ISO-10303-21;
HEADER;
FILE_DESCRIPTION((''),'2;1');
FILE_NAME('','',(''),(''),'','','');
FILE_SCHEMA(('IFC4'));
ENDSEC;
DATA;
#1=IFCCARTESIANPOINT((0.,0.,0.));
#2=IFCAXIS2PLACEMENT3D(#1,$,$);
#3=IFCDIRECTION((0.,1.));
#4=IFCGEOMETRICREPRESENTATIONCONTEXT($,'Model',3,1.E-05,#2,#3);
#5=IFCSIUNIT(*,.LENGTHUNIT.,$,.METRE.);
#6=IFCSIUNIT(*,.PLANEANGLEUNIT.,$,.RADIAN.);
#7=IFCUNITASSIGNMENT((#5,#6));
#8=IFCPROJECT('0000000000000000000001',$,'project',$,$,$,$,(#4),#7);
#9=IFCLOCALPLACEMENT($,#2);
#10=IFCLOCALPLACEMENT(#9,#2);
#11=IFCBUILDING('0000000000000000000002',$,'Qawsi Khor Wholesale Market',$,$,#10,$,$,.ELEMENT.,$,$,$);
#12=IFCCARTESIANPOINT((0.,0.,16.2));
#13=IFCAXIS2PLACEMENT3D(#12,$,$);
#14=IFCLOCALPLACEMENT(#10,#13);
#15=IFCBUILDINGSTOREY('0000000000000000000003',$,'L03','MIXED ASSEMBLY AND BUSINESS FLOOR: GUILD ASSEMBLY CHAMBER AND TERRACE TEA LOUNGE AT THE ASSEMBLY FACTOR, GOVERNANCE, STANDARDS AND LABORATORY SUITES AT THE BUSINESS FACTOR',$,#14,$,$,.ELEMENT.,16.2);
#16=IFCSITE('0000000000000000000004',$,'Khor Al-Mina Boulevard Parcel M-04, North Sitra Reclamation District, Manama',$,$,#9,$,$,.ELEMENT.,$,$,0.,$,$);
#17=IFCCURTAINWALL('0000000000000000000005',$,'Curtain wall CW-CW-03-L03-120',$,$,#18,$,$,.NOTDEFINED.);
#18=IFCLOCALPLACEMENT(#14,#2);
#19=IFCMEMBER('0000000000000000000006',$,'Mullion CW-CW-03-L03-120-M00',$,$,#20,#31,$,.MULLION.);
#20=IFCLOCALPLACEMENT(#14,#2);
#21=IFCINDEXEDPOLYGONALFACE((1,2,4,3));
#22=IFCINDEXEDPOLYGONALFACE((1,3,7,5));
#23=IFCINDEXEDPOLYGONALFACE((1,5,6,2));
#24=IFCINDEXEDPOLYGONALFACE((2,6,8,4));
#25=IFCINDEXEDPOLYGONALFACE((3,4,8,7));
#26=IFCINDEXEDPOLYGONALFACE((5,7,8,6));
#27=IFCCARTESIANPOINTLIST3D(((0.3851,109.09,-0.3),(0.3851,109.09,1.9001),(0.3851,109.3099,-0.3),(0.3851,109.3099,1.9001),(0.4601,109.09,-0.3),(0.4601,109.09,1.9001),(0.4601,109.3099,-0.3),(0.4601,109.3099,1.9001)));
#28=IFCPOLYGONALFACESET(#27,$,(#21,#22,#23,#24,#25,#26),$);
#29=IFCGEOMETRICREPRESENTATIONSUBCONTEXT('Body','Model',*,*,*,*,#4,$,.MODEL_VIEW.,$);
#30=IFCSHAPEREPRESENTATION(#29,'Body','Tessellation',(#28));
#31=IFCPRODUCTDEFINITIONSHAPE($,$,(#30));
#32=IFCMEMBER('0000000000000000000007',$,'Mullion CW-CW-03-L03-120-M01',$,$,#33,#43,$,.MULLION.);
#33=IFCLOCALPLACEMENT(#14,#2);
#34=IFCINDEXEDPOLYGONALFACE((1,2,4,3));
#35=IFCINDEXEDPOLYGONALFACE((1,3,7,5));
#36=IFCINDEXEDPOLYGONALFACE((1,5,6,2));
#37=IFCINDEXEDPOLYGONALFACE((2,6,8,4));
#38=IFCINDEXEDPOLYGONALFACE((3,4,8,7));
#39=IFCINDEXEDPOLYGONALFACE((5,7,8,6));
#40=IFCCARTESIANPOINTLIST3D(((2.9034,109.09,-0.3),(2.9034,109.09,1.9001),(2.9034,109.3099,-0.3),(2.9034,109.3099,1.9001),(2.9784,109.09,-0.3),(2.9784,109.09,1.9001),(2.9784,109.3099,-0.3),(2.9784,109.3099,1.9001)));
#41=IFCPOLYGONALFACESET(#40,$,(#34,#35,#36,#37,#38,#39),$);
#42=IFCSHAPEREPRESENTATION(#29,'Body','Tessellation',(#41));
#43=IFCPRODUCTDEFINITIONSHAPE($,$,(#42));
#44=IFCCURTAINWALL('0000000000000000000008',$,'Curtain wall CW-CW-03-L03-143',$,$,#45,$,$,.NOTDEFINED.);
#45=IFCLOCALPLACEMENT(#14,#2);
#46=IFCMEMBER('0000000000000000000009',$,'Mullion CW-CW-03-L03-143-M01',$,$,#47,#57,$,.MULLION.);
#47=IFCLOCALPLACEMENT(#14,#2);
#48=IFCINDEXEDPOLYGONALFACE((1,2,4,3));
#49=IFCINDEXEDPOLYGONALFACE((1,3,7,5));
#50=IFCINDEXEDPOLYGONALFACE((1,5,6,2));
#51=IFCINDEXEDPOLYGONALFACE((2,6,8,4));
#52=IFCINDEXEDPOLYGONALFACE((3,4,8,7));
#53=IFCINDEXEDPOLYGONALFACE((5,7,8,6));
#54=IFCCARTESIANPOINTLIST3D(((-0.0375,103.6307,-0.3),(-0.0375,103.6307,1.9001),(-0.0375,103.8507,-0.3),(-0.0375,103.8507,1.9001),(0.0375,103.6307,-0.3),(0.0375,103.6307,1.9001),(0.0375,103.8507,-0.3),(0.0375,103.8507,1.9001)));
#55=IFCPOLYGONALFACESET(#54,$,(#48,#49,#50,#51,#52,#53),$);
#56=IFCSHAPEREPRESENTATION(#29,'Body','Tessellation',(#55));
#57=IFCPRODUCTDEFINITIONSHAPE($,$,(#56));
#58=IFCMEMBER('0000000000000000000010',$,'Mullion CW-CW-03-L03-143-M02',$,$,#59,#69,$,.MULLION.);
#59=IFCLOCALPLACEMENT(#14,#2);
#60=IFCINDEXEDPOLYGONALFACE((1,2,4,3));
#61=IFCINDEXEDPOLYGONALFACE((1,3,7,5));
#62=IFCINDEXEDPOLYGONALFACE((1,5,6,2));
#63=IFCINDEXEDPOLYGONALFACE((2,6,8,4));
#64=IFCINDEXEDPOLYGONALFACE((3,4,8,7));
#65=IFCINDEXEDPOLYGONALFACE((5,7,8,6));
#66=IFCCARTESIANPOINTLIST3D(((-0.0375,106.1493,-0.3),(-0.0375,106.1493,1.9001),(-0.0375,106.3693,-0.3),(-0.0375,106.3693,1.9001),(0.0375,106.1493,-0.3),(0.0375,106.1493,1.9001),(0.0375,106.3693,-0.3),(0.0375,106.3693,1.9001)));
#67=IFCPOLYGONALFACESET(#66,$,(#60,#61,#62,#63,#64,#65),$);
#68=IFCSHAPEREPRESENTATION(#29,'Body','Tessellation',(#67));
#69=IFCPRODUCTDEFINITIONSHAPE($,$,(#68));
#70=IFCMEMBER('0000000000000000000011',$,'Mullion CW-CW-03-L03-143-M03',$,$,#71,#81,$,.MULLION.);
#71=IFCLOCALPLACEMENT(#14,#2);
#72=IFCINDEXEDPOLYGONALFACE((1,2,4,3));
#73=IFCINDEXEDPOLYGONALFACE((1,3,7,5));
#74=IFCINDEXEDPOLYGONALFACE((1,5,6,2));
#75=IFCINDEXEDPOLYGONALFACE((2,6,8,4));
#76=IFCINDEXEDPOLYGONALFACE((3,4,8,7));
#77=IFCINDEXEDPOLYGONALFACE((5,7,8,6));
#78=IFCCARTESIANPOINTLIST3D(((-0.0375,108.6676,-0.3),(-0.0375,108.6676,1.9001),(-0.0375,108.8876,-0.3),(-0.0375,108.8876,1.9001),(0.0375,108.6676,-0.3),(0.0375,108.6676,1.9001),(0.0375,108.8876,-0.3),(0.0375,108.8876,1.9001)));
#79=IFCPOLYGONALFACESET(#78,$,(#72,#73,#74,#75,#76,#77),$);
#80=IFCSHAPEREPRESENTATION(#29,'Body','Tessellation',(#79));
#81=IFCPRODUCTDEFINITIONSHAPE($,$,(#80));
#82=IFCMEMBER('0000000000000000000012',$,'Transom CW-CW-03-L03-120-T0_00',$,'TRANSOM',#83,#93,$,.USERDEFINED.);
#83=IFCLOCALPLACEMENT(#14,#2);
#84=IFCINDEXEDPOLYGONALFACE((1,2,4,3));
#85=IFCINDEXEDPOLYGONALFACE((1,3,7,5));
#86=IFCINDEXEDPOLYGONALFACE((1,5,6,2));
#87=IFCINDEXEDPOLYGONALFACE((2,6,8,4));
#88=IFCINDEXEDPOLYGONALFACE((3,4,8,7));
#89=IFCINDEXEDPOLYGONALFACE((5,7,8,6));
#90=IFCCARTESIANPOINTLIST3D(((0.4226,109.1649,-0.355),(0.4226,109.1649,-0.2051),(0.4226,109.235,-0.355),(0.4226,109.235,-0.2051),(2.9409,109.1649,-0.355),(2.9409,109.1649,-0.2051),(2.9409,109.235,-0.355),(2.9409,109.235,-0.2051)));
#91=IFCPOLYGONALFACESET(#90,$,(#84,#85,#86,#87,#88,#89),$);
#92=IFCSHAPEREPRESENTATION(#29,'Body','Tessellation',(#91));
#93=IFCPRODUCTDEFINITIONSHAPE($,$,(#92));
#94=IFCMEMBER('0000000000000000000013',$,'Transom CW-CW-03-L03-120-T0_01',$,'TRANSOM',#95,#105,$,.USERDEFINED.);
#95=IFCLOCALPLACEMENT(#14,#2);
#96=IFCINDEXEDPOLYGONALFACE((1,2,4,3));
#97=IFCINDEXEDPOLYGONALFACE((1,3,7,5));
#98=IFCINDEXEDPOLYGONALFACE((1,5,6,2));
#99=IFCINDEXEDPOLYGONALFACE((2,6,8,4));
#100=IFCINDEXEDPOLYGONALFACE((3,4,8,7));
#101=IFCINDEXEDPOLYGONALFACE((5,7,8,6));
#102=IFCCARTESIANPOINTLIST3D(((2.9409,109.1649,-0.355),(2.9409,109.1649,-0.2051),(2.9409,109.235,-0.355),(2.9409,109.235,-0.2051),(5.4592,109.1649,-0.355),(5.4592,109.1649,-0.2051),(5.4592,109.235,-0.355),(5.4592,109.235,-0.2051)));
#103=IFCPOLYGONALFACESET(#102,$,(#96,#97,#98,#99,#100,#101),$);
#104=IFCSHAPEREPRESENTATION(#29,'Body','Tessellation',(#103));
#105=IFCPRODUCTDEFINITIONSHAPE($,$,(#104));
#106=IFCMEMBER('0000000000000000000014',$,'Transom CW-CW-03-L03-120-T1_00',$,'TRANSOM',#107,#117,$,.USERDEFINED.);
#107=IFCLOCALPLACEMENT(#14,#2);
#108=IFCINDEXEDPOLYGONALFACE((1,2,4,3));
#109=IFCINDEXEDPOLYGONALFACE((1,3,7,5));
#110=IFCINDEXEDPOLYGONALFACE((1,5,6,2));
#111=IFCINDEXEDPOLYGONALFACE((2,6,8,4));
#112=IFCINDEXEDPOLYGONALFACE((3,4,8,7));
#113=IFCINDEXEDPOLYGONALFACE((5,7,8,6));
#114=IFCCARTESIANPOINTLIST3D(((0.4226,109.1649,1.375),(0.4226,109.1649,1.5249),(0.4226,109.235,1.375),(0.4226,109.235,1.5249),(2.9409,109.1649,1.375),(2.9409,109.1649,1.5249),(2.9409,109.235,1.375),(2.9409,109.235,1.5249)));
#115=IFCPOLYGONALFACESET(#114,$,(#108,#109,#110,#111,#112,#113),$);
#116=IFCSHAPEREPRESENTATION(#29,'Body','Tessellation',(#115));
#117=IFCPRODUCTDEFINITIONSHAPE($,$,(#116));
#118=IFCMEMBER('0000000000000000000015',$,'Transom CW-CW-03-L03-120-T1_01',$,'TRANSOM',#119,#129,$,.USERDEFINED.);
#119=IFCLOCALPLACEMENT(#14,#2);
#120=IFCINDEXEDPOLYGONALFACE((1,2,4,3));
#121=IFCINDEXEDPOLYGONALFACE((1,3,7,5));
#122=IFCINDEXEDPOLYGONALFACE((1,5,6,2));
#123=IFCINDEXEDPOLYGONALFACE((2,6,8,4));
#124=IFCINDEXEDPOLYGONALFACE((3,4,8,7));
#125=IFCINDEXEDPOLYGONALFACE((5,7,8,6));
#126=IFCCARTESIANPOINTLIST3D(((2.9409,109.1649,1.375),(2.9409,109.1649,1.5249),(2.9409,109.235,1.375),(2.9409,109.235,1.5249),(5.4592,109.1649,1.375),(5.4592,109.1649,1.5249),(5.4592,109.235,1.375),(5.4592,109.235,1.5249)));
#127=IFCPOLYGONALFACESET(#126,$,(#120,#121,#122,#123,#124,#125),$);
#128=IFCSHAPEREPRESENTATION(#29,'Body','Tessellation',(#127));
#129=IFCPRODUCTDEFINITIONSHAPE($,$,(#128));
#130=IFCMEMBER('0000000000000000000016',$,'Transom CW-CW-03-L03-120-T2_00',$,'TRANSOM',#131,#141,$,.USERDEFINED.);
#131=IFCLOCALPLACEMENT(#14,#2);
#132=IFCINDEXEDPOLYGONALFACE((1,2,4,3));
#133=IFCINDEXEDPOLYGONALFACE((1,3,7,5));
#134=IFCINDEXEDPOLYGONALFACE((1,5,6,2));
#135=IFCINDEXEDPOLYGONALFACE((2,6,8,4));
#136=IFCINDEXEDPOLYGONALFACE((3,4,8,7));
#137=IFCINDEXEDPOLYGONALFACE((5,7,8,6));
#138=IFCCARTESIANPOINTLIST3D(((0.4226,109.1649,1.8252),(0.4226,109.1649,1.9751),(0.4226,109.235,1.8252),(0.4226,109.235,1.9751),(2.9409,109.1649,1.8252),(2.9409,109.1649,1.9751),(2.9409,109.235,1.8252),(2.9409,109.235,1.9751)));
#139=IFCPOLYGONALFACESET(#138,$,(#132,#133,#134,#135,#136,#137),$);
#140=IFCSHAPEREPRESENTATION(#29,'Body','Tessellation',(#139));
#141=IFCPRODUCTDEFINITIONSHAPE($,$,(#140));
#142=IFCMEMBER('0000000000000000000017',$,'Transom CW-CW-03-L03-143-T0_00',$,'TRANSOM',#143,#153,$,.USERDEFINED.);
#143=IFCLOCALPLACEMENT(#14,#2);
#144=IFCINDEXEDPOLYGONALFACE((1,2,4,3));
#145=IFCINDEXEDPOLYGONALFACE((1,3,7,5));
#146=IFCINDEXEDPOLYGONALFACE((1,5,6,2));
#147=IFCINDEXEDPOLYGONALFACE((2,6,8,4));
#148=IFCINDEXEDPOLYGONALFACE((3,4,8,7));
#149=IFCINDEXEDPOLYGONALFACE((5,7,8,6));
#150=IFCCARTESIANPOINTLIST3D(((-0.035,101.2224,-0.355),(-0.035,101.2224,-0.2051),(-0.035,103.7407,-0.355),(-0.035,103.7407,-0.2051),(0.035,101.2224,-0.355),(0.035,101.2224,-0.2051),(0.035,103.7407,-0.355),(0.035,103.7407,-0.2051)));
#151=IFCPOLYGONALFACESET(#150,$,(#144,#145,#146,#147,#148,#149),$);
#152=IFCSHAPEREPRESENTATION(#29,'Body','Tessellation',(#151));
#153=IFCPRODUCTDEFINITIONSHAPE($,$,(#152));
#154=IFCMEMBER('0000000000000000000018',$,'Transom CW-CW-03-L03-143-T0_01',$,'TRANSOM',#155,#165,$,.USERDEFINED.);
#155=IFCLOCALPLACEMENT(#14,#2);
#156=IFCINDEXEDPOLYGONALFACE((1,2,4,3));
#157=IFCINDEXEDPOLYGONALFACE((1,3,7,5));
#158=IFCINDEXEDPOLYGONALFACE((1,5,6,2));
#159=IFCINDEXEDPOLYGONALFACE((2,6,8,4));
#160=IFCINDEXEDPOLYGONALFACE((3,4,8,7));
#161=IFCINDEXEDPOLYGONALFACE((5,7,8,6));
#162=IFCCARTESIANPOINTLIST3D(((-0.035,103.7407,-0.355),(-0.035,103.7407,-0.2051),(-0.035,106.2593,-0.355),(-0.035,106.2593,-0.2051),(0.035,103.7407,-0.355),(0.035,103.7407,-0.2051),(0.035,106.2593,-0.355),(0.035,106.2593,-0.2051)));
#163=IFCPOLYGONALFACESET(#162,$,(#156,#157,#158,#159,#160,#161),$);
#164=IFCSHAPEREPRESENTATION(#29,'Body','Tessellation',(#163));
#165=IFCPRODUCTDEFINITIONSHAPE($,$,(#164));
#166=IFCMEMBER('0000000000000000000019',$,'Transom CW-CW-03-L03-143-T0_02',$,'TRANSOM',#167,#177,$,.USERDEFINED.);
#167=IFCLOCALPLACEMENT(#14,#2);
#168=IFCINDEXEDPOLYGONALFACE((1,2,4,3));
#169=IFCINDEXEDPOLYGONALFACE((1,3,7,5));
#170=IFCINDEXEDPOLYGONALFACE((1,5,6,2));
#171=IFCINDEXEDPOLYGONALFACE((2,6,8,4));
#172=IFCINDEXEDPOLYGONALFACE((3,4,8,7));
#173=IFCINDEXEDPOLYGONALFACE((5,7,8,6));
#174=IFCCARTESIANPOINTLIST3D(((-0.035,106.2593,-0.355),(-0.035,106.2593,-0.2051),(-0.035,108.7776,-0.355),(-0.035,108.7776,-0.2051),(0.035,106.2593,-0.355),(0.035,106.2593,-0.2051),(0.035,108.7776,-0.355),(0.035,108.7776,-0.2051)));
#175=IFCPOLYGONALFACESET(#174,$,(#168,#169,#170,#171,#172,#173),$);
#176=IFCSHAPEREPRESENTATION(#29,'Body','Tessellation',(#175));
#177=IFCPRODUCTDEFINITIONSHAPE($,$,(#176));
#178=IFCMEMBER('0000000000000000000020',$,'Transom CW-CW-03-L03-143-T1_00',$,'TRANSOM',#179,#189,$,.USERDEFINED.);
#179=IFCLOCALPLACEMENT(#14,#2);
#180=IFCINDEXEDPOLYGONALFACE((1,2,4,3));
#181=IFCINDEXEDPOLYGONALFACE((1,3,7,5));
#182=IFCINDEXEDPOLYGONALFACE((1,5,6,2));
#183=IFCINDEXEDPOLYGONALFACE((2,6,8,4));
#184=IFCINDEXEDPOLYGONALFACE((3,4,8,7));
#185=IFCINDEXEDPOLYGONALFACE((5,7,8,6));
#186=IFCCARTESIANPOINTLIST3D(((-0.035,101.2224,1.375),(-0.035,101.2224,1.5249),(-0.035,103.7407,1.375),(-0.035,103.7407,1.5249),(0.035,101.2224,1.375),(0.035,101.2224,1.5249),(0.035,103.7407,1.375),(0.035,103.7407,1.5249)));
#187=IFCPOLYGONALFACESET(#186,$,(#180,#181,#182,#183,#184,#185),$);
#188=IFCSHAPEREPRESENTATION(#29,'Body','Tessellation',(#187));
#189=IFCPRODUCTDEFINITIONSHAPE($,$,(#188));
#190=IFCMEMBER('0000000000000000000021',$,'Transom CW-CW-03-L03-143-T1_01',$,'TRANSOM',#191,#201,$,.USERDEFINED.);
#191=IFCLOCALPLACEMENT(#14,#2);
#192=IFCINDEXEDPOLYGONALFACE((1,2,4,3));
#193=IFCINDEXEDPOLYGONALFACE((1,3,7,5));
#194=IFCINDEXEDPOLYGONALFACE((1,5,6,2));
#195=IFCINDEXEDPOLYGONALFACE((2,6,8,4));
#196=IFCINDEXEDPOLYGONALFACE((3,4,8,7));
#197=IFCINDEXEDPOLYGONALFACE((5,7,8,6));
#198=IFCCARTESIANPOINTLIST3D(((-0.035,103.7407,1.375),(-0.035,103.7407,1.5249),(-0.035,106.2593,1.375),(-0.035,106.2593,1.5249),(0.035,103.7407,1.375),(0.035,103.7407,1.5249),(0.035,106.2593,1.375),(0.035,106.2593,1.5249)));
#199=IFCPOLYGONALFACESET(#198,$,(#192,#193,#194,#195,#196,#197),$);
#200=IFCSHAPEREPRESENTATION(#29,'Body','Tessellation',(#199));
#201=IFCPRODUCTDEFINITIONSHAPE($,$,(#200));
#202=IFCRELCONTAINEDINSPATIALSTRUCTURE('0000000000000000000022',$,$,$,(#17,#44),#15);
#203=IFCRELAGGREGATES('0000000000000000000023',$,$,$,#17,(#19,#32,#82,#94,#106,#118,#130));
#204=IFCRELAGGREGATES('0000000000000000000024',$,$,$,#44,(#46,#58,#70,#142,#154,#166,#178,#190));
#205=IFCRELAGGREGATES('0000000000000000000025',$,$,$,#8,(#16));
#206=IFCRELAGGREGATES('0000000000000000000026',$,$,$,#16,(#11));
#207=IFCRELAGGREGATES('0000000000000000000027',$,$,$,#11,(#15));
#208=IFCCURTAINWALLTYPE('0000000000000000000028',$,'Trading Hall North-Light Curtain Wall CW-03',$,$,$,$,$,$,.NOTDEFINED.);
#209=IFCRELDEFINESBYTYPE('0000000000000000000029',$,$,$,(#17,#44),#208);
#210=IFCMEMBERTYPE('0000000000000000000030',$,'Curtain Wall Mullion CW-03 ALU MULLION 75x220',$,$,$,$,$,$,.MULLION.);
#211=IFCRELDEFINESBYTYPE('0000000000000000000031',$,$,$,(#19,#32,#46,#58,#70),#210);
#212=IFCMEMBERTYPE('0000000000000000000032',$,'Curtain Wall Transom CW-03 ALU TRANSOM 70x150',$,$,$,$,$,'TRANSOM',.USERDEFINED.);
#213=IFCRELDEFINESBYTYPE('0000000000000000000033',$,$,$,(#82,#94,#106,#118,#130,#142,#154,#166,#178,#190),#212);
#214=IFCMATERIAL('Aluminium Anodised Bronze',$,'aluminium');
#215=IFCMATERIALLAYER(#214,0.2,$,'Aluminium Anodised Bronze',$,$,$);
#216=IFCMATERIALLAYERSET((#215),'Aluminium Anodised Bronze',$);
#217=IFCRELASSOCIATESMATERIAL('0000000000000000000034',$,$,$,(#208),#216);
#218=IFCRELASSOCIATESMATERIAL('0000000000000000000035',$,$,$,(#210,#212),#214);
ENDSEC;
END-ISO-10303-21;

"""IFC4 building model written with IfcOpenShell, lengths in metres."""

from ifc_helpers import new_model, si_unit, direction, frame, origin, origin_2d, place, context, subcontext, project, spatial, rectangle, extrude, material, layer, layer_set, material_profile, profile_set, type_object, element, aggregate, save


model = new_model("IFC4")

# Units and contexts
model_context = context("Model", 3, precision=1e-05, world=origin(), true_north=direction((0.0, 1.0)))
body_context = subcontext(model_context, "Body", "Model", "MODEL_VIEW")
ifc_project = project(units=[si_unit("LENGTHUNIT", "METRE"), si_unit("PLANEANGLEUNIT", "RADIAN")], contexts=[model_context])

# Site, building, storey
site_placement = place(None, origin())
site = spatial("IfcSite", under=ifc_project, at=site_placement, Name="Khor Al-Mina Boulevard Parcel M-04, North Sitra Reclamation District, Manama", CompositionType="ELEMENT", RefElevation=0.0)
building_placement = place(site_placement, origin())
building = spatial("IfcBuilding", under=site, at=building_placement, Name="Qawsi Khor Wholesale Market", CompositionType="ELEMENT")
storey_placement = place(building_placement, frame((0.0, 0.0, 16.2)))
storey = spatial("IfcBuildingStorey", under=building, at=storey_placement, Name="L03", Description="MIXED ASSEMBLY AND BUSINESS FLOOR: GUILD ASSEMBLY CHAMBER AND TERRACE TEA LOUNGE AT THE ASSEMBLY FACTOR, GOVERNANCE, STANDARDS AND LABORATORY SUITES AT THE BUSINESS FACTOR", CompositionType="ELEMENT", Elevation=16.2)

# Curtain walls, members
ifc_material_1 = material(Name="Aluminium Anodised Bronze", Category="aluminium")
ifc_layer_1 = layer(ifc_material_1, 0.2, Name="Aluminium Anodised Bronze")
ifc_layer_set_1 = layer_set([ifc_layer_1], Name="Aluminium Anodised Bronze")
curtain_wall_type = type_object("IfcCurtainWallType", Name="Trading Hall North-Light Curtain Wall CW-03", PredefinedType="NOTDEFINED", material=ifc_layer_set_1)
curtain_wall_1_placement = place(storey_placement, origin())
curtain_wall_1 = element("IfcCurtainWall", 1, at=curtain_wall_1_placement, inside=storey, type_object=curtain_wall_type, Name="Curtain wall CW-CW-03-L03-120", PredefinedType="NOTDEFINED")
ifc_material_profile_1 = material_profile(ifc_material_1, rectangle(XDim=0.075, YDim=0.22, at=origin_2d()), Name="ALU MULLION 75x220")
ifc_profile_set_1 = profile_set([ifc_material_profile_1], Name="Aluminium Anodised Bronze")
member_type_1 = type_object("IfcMemberType", Name="Curtain Wall Mullion CW-03 ALU MULLION 75x220", PredefinedType="MULLION", material=ifc_profile_set_1)
member_1_placement = place(storey_placement, frame((0.4226, 109.2, -0.3), z_axis=(0.0, 0.0, 1.0), x_axis=(1.0, 0.0, 0.0)))
member_1 = element("IfcMember", 2, at=member_1_placement, type_object=member_type_1, Name="Mullion CW-CW-03-L03-120-M00", PredefinedType="MULLION", context=body_context, shape_type="SweptSolid", body=[
    extrude(rectangle(XDim=0.075, YDim=0.22, at=origin_2d()), origin(), (0.0, 0.0, 1.0), 2.2002),
])
member_2_placement = place(storey_placement, frame((2.9409, 109.2, -0.3), z_axis=(0.0, 0.0, 1.0), x_axis=(1.0, 0.0, 0.0)))
member_2 = element("IfcMember", 3, at=member_2_placement, type_object=member_type_1, Name="Mullion CW-CW-03-L03-120-M01", PredefinedType="MULLION", context=body_context, shape_type="SweptSolid", body=[
    extrude(rectangle(XDim=0.075, YDim=0.22, at=origin_2d()), origin(), (0.0, 0.0, 1.0), 2.2002),
])
curtain_wall_2_placement = place(storey_placement, origin())
curtain_wall_2 = element("IfcCurtainWall", 4, at=curtain_wall_2_placement, inside=storey, type_object=curtain_wall_type, Name="Curtain wall CW-CW-03-L03-143", PredefinedType="NOTDEFINED")
member_3_placement = place(storey_placement, frame((0.0, 103.7407, -0.3), z_axis=(0.0, 0.0, 1.0), x_axis=(1.0, 0.0, 0.0)))
member_3 = element("IfcMember", 5, at=member_3_placement, type_object=member_type_1, Name="Mullion CW-CW-03-L03-143-M01", PredefinedType="MULLION", context=body_context, shape_type="SweptSolid", body=[
    extrude(rectangle(XDim=0.075, YDim=0.22, at=origin_2d()), origin(), (0.0, 0.0, 1.0), 2.2002),
])
member_4_placement = place(storey_placement, frame((0.0, 106.2593, -0.3), z_axis=(0.0, 0.0, 1.0), x_axis=(1.0, 0.0, 0.0)))
member_4 = element("IfcMember", 6, at=member_4_placement, type_object=member_type_1, Name="Mullion CW-CW-03-L03-143-M02", PredefinedType="MULLION", context=body_context, shape_type="SweptSolid", body=[
    extrude(rectangle(XDim=0.075, YDim=0.22, at=origin_2d()), origin(), (0.0, 0.0, 1.0), 2.2002),
])
member_5_placement = place(storey_placement, frame((0.0, 108.7776, -0.3), z_axis=(0.0, 0.0, 1.0), x_axis=(1.0, 0.0, 0.0)))
member_5 = element("IfcMember", 7, at=member_5_placement, type_object=member_type_1, Name="Mullion CW-CW-03-L03-143-M03", PredefinedType="MULLION", context=body_context, shape_type="SweptSolid", body=[
    extrude(rectangle(XDim=0.075, YDim=0.22, at=origin_2d()), origin(), (0.0, 0.0, 1.0), 2.2002),
])

# Members
ifc_material_profile_2 = material_profile(ifc_material_1, rectangle(XDim=0.0701, YDim=0.1499, at=origin_2d()), Name="ALU TRANSOM 70x150")
ifc_profile_set_2 = profile_set([ifc_material_profile_2], Name="Aluminium Anodised Bronze")
member_type_2 = type_object("IfcMemberType", Name="Curtain Wall Transom CW-03 ALU TRANSOM 70x150", ElementType="TRANSOM", PredefinedType="USERDEFINED", material=ifc_profile_set_2)
member_6_placement = place(storey_placement, frame((0.4226, 109.2, -0.28), z_axis=(1.0, 0.0, 0.0), x_axis=(0.0, 1.0, 0.0)))
member_6 = element("IfcMember", 8, at=member_6_placement, type_object=member_type_2, Name="Transom CW-CW-03-L03-120-T0_00", ObjectType="TRANSOM", PredefinedType="USERDEFINED", context=body_context, shape_type="SweptSolid", body=[
    extrude(rectangle(XDim=0.0701, YDim=0.1499, at=origin_2d()), origin(), (0.0, 0.0, 1.0), 2.5183),
])
member_7_placement = place(storey_placement, frame((2.9409, 109.2, -0.28), z_axis=(1.0, 0.0, 0.0), x_axis=(0.0, 1.0, 0.0)))
member_7 = element("IfcMember", 9, at=member_7_placement, type_object=member_type_2, Name="Transom CW-CW-03-L03-120-T0_01", ObjectType="TRANSOM", PredefinedType="USERDEFINED", context=body_context, shape_type="SweptSolid", body=[
    extrude(rectangle(XDim=0.0701, YDim=0.1499, at=origin_2d()), origin(), (0.0, 0.0, 1.0), 2.5183),
])
member_8_placement = place(storey_placement, frame((0.4226, 109.2, 1.45), z_axis=(1.0, 0.0, 0.0), x_axis=(0.0, 1.0, 0.0)))
member_8 = element("IfcMember", 10, at=member_8_placement, type_object=member_type_2, Name="Transom CW-CW-03-L03-120-T1_00", ObjectType="TRANSOM", PredefinedType="USERDEFINED", context=body_context, shape_type="SweptSolid", body=[
    extrude(rectangle(XDim=0.0701, YDim=0.1499, at=origin_2d()), origin(), (0.0, 0.0, 1.0), 2.5183),
])
member_9_placement = place(storey_placement, frame((2.9409, 109.2, 1.45), z_axis=(1.0, 0.0, 0.0), x_axis=(0.0, 1.0, 0.0)))
member_9 = element("IfcMember", 11, at=member_9_placement, type_object=member_type_2, Name="Transom CW-CW-03-L03-120-T1_01", ObjectType="TRANSOM", PredefinedType="USERDEFINED", context=body_context, shape_type="SweptSolid", body=[
    extrude(rectangle(XDim=0.0701, YDim=0.1499, at=origin_2d()), origin(), (0.0, 0.0, 1.0), 2.5183),
])
member_10_placement = place(storey_placement, frame((0.4226, 109.2, 1.9001), z_axis=(1.0, 0.0, 0.0), x_axis=(0.0, 1.0, 0.0)))
member_10 = element("IfcMember", 12, at=member_10_placement, type_object=member_type_2, Name="Transom CW-CW-03-L03-120-T2_00", ObjectType="TRANSOM", PredefinedType="USERDEFINED", context=body_context, shape_type="SweptSolid", body=[
    extrude(rectangle(XDim=0.0701, YDim=0.1499, at=origin_2d()), origin(), (0.0, 0.0, 1.0), 2.5183),
])
member_11_placement = place(storey_placement, frame((0.0, 101.2224, -0.28), z_axis=(0.0, 1.0, 0.0), x_axis=(-1.0, 0.0, 0.0)))
member_11 = element("IfcMember", 13, at=member_11_placement, type_object=member_type_2, Name="Transom CW-CW-03-L03-143-T0_00", ObjectType="TRANSOM", PredefinedType="USERDEFINED", context=body_context, shape_type="SweptSolid", body=[
    extrude(rectangle(XDim=0.0701, YDim=0.1499, at=origin_2d()), origin(), (0.0, 0.0, 1.0), 2.5183),
])
member_12_placement = place(storey_placement, frame((0.0, 103.7407, -0.28), z_axis=(0.0, 1.0, 0.0), x_axis=(-1.0, 0.0, 0.0)))
member_12 = element("IfcMember", 14, at=member_12_placement, type_object=member_type_2, Name="Transom CW-CW-03-L03-143-T0_01", ObjectType="TRANSOM", PredefinedType="USERDEFINED", context=body_context, shape_type="SweptSolid", body=[
    extrude(rectangle(XDim=0.0701, YDim=0.1499, at=origin_2d()), origin(), (0.0, 0.0, 1.0), 2.5186),
])
member_13_placement = place(storey_placement, frame((0.0, 106.2593, -0.28), z_axis=(0.0, 1.0, 0.0), x_axis=(-1.0, 0.0, 0.0)))
member_13 = element("IfcMember", 15, at=member_13_placement, type_object=member_type_2, Name="Transom CW-CW-03-L03-143-T0_02", ObjectType="TRANSOM", PredefinedType="USERDEFINED", context=body_context, shape_type="SweptSolid", body=[
    extrude(rectangle(XDim=0.0701, YDim=0.1499, at=origin_2d()), origin(), (0.0, 0.0, 1.0), 2.5183),
])
member_14_placement = place(storey_placement, frame((0.0, 101.2224, 1.45), z_axis=(0.0, 1.0, 0.0), x_axis=(-1.0, 0.0, 0.0)))
member_14 = element("IfcMember", 16, at=member_14_placement, type_object=member_type_2, Name="Transom CW-CW-03-L03-143-T1_00", ObjectType="TRANSOM", PredefinedType="USERDEFINED", context=body_context, shape_type="SweptSolid", body=[
    extrude(rectangle(XDim=0.0701, YDim=0.1499, at=origin_2d()), origin(), (0.0, 0.0, 1.0), 2.5183),
])
member_15_placement = place(storey_placement, frame((0.0, 103.7407, 1.45), z_axis=(0.0, 1.0, 0.0), x_axis=(-1.0, 0.0, 0.0)))
member_15 = element("IfcMember", 17, at=member_15_placement, type_object=member_type_2, Name="Transom CW-CW-03-L03-143-T1_01", ObjectType="TRANSOM", PredefinedType="USERDEFINED", context=body_context, shape_type="SweptSolid", body=[
    extrude(rectangle(XDim=0.0701, YDim=0.1499, at=origin_2d()), origin(), (0.0, 0.0, 1.0), 2.5186),
])

aggregate(curtain_wall_1, [member_1, member_2, member_6, member_7, member_8, member_9, member_10])
aggregate(curtain_wall_2, [member_3, member_4, member_5, member_11, member_12, member_13, member_14, member_15])

save(model, "model.ifc")
